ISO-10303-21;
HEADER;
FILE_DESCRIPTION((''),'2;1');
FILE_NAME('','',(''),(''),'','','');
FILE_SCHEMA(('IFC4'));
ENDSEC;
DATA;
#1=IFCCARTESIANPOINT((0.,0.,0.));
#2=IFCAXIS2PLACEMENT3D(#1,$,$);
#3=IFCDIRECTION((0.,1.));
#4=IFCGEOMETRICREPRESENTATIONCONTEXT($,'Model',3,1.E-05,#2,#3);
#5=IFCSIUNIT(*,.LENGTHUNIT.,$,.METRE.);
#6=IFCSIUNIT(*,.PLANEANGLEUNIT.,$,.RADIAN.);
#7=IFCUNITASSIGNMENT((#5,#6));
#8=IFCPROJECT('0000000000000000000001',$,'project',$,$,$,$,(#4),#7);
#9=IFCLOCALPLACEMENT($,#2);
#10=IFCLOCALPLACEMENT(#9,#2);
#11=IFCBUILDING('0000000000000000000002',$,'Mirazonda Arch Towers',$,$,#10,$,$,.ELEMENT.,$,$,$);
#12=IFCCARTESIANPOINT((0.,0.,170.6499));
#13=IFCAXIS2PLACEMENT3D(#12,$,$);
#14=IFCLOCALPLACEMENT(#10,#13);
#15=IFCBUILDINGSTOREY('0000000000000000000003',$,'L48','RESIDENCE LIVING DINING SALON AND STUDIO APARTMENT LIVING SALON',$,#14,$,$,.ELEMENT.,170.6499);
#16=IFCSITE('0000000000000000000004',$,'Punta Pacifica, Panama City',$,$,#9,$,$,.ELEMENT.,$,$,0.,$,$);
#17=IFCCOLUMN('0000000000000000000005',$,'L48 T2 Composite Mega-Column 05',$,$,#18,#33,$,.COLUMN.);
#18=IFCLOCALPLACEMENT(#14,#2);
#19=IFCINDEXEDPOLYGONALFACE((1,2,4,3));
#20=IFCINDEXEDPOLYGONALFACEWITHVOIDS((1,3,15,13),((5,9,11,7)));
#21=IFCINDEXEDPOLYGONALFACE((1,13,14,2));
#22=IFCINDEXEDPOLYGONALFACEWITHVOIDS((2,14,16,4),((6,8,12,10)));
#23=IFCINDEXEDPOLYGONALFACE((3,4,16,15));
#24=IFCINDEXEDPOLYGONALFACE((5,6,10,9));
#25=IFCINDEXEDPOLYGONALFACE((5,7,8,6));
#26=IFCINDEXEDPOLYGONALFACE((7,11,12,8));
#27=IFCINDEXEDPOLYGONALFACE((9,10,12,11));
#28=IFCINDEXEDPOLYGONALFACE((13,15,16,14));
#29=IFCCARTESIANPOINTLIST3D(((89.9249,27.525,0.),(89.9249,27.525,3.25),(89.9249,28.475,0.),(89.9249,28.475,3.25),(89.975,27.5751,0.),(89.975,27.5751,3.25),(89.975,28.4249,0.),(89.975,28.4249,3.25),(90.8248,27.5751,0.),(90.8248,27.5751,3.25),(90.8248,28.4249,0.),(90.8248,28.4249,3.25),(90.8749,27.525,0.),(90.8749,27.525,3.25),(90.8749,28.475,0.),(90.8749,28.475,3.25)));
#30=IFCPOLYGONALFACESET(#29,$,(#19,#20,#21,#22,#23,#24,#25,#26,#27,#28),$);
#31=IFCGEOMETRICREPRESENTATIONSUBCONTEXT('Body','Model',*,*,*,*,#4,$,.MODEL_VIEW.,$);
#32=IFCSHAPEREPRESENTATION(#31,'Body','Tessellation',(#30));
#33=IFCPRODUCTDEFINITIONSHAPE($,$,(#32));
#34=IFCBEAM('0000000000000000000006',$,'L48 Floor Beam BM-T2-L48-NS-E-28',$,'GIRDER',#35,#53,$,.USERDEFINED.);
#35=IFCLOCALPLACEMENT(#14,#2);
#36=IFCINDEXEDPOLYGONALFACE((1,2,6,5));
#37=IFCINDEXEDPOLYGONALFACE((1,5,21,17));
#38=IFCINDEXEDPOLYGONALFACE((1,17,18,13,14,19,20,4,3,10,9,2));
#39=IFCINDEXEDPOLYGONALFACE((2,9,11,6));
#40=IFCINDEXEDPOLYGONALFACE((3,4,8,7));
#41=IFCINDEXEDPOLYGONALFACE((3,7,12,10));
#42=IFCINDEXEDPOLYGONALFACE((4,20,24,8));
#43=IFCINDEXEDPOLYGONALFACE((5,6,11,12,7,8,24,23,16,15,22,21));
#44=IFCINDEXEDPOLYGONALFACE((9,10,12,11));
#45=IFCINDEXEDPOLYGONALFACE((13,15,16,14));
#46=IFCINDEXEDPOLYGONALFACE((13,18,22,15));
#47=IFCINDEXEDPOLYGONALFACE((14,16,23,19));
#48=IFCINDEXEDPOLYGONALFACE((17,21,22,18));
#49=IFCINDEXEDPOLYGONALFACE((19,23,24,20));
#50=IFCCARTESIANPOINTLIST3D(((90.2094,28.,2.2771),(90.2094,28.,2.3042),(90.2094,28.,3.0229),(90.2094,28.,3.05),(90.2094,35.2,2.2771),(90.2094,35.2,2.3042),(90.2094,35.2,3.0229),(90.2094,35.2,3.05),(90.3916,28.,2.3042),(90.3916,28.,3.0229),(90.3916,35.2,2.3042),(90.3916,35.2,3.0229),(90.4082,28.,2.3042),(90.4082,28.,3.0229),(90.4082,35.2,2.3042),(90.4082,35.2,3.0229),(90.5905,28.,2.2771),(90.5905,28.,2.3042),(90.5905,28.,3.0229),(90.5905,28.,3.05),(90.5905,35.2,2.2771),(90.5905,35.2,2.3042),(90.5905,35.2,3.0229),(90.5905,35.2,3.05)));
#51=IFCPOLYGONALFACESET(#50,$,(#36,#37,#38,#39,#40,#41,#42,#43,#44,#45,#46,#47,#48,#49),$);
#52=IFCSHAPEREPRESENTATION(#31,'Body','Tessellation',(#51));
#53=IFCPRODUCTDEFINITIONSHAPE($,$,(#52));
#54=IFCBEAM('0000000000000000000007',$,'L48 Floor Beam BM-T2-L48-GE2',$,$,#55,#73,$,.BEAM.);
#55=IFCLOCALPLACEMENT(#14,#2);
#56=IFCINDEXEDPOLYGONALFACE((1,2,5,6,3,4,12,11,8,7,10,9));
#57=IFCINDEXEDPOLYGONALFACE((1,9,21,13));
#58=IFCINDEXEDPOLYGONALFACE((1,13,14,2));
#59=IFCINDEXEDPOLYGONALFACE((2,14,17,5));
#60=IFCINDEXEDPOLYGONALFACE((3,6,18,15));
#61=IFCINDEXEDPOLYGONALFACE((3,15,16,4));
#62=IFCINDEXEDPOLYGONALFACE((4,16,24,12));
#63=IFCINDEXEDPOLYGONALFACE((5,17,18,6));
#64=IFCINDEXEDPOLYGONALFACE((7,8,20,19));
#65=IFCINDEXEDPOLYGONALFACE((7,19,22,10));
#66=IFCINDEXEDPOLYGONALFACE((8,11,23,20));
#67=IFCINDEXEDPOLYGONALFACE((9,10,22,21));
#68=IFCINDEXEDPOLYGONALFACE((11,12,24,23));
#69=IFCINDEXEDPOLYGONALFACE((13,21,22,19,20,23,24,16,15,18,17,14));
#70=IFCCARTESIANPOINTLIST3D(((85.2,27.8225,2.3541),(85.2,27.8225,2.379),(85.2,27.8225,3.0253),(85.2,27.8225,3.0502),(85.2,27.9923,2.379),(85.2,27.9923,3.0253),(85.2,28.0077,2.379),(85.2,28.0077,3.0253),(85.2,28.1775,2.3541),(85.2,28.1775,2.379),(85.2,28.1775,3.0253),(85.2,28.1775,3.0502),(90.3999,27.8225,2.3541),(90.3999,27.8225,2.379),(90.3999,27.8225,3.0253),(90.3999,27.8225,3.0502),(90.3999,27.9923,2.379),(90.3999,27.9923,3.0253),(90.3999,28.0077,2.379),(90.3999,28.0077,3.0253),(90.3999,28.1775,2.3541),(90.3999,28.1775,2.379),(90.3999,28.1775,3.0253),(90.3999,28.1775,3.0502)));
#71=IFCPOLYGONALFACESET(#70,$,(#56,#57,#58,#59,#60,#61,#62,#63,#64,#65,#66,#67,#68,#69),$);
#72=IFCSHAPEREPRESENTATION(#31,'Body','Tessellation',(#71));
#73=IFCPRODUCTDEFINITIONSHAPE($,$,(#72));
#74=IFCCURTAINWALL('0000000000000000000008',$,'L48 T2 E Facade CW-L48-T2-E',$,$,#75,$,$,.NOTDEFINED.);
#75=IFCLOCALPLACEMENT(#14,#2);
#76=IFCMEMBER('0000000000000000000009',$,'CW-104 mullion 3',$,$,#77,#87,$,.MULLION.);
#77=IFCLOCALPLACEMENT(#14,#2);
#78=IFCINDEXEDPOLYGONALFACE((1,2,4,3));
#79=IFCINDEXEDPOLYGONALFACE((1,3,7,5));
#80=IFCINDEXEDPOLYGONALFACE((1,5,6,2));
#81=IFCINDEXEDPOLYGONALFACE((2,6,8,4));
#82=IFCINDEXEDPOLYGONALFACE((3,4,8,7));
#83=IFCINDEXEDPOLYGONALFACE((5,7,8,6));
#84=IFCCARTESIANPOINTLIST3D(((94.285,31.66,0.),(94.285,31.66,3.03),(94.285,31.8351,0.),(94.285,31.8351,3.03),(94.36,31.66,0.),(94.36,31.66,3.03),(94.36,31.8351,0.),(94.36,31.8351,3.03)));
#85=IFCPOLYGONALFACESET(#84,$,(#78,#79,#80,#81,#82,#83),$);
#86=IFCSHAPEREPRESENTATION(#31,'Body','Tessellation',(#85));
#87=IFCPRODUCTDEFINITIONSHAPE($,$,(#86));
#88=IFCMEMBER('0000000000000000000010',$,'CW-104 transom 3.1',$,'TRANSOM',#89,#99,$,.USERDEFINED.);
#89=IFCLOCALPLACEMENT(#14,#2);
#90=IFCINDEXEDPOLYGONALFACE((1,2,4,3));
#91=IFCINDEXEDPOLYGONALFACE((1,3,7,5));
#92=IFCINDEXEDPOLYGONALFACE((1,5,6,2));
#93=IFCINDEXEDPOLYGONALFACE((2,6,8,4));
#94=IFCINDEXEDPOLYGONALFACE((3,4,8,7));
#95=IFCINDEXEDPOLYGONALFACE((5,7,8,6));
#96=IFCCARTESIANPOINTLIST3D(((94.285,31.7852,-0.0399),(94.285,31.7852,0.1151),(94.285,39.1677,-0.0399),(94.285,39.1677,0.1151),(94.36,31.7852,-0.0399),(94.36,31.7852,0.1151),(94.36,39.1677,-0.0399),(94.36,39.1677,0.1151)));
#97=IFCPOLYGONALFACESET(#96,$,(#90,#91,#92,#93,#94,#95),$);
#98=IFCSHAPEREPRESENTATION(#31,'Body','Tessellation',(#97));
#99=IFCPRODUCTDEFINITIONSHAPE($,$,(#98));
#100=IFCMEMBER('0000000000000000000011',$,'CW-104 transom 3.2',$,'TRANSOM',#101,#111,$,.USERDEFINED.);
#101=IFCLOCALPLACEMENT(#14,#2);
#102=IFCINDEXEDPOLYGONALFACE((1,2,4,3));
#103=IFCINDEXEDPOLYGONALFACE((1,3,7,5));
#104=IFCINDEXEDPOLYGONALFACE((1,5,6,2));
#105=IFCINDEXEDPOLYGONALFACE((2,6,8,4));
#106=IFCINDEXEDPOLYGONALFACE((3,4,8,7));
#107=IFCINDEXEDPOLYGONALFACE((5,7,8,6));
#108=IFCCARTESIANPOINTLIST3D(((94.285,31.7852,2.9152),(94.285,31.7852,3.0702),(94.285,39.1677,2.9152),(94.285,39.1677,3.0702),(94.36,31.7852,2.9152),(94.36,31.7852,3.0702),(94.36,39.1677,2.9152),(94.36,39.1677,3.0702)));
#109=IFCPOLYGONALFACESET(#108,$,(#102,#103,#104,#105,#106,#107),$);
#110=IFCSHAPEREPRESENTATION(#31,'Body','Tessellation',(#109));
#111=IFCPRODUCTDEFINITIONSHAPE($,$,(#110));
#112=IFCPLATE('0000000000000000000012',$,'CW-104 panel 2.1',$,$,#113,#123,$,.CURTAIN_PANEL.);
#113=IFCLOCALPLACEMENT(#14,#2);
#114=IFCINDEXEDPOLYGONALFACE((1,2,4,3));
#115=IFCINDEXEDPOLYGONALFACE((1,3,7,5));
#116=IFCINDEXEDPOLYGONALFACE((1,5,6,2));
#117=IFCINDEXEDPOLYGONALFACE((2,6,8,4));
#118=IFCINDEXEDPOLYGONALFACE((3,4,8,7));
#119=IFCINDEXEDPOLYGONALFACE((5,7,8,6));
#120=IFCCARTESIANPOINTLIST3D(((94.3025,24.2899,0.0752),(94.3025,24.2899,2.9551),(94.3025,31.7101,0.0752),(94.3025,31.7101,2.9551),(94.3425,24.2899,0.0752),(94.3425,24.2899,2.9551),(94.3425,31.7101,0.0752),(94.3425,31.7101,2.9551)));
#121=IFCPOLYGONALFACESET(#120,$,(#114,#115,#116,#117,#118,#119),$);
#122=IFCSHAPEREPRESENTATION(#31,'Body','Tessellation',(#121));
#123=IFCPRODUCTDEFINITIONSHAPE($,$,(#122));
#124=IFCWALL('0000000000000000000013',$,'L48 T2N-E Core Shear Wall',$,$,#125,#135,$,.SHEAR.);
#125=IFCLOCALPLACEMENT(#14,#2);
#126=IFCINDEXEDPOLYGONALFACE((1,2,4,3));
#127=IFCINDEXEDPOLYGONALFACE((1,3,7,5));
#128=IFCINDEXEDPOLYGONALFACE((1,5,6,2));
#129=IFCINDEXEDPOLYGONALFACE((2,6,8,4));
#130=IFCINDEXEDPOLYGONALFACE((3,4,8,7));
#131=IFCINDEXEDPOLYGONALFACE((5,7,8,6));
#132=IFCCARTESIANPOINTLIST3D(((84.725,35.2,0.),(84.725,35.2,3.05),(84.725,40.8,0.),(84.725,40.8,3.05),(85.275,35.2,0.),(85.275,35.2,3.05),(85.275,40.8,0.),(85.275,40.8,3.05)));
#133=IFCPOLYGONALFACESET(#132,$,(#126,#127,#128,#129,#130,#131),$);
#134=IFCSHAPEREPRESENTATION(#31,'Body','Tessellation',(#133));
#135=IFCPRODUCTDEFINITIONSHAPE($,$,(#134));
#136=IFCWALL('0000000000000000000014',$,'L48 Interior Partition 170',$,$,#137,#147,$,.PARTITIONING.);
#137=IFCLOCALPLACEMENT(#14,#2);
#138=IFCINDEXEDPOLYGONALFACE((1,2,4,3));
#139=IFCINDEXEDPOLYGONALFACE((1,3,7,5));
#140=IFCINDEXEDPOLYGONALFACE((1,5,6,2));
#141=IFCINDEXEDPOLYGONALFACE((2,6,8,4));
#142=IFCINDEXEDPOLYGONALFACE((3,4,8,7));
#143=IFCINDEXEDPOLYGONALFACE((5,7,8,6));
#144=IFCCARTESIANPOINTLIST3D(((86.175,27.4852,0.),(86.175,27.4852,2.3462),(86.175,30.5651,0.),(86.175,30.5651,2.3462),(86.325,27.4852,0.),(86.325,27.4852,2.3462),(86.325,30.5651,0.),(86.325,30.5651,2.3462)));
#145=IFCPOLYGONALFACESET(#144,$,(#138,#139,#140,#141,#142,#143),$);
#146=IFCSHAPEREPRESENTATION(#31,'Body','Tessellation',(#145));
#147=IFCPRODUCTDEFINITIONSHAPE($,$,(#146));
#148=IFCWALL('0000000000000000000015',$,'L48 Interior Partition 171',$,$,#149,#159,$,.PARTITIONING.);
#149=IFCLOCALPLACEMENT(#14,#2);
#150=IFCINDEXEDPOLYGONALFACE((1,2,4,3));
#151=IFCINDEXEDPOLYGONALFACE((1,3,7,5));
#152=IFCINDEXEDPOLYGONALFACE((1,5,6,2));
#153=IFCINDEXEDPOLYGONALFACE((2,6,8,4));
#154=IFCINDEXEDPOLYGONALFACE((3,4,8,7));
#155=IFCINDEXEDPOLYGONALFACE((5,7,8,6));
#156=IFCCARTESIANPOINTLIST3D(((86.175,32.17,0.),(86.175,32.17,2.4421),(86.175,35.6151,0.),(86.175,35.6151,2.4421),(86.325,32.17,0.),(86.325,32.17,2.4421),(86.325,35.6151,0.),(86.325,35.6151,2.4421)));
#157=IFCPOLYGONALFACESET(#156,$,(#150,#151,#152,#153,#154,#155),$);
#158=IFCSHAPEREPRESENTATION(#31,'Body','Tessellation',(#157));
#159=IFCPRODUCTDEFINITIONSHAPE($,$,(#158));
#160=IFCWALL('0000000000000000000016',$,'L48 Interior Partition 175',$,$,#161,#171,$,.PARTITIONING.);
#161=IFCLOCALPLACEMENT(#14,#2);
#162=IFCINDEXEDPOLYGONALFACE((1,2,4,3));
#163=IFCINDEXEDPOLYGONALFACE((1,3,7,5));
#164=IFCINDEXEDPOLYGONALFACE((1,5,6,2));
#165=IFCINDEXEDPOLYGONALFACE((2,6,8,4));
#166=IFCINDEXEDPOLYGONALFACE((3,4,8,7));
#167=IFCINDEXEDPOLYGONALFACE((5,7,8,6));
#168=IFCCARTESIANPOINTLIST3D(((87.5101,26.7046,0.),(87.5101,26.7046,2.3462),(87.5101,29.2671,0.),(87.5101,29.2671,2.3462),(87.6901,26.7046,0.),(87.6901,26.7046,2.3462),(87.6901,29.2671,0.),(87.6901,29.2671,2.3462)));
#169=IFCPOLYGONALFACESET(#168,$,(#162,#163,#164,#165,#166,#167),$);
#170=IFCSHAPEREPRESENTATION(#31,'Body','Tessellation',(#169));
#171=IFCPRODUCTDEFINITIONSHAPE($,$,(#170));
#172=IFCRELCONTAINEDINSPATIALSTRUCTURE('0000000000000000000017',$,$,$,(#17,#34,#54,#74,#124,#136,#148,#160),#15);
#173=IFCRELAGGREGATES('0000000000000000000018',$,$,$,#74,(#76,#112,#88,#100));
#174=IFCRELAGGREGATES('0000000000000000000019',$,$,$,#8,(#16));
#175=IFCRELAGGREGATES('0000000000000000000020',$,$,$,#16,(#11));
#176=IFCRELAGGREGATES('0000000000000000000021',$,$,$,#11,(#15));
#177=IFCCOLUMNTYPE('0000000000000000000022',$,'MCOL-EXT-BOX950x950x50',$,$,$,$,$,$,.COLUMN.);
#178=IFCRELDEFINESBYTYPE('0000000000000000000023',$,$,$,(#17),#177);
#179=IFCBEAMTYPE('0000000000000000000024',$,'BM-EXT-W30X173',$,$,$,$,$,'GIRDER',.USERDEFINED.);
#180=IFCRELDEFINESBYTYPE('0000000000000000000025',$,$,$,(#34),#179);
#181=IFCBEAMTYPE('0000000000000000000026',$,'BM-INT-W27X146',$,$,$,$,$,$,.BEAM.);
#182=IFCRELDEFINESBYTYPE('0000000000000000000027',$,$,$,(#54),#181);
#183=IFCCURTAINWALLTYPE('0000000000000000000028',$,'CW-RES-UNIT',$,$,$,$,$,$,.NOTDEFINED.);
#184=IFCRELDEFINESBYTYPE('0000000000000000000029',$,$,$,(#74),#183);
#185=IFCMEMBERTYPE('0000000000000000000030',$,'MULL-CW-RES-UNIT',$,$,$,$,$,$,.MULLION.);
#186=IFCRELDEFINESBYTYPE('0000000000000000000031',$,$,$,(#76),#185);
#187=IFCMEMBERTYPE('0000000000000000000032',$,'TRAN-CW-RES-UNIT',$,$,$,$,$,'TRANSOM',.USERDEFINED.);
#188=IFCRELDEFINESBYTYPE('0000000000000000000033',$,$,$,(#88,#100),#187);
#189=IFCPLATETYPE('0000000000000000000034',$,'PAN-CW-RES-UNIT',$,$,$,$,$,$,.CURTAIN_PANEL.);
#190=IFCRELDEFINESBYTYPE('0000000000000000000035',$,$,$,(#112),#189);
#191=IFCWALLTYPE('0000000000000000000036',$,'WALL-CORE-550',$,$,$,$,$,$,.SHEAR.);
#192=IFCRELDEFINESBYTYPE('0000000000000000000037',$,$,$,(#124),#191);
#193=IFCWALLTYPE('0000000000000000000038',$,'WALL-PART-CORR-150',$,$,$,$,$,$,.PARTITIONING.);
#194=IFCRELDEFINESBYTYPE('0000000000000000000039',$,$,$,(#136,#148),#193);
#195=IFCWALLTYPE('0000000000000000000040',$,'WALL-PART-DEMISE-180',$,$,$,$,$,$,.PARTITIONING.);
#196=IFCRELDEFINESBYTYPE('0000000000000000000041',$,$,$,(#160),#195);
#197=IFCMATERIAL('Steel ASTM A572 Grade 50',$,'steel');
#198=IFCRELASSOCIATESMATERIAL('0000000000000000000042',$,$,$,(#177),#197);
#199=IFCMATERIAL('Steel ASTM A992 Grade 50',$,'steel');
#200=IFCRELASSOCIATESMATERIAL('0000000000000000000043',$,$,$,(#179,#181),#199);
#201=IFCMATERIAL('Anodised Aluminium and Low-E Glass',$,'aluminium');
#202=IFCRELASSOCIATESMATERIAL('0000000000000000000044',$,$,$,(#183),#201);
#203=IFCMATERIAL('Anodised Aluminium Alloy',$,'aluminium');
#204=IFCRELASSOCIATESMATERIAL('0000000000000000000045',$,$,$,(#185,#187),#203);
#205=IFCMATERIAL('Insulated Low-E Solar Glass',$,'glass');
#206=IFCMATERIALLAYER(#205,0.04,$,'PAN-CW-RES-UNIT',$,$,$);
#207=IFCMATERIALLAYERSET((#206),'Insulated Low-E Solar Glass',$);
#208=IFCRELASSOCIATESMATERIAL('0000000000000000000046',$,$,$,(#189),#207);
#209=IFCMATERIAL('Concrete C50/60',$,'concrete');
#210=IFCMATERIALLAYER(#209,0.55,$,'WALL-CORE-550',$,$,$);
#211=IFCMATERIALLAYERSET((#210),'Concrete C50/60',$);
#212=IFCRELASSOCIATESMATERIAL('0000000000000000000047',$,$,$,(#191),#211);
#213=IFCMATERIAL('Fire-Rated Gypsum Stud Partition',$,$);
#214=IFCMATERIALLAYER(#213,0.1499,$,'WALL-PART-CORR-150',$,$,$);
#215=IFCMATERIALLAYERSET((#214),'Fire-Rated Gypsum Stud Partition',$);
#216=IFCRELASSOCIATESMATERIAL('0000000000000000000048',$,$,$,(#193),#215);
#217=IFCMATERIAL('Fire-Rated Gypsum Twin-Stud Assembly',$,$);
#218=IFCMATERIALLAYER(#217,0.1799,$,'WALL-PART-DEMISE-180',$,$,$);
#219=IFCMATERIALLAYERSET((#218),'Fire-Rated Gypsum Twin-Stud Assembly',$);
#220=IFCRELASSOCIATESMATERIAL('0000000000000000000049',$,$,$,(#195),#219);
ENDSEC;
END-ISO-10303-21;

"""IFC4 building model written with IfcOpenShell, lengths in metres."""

from ifc_helpers import new_model, si_unit, direction, frame, frame_2d, origin, origin_2d, place, context, subcontext, project, spatial, rectangle, hollow_rectangle, i_section, extrude, material, layer, layer_set, material_profile, profile_set, type_object, element, aggregate, save


model = new_model("IFC4")

# Units and contexts
model_context = context("Model", 3, precision=1e-05, world=origin(), true_north=direction((0.0, 1.0)))
body_context = subcontext(model_context, "Body", "Model", "MODEL_VIEW")
ifc_project = project(units=[si_unit("LENGTHUNIT", "METRE"), si_unit("PLANEANGLEUNIT", "RADIAN")], contexts=[model_context])

# Site, building, storey
site_placement = place(None, origin())
site = spatial("IfcSite", under=ifc_project, at=site_placement, Name="Punta Pacifica, Panama City", CompositionType="ELEMENT", RefElevation=0.0)
building_placement = place(site_placement, origin())
building = spatial("IfcBuilding", under=site, at=building_placement, Name="Mirazonda Arch Towers", CompositionType="ELEMENT")
storey_placement = place(building_placement, frame((0.0, 0.0, 170.6499)))
storey = spatial("IfcBuildingStorey", under=building, at=storey_placement, Name="L48", Description="RESIDENCE LIVING DINING SALON AND STUDIO APARTMENT LIVING SALON", CompositionType="ELEMENT", Elevation=170.6499)

# Column
ifc_material_1 = material(Name="Steel ASTM A572 Grade 50", Category="steel")
ifc_material_profile_1 = material_profile(ifc_material_1, hollow_rectangle(XDim=0.95, YDim=0.95, WallThickness=0.05, at=origin_2d()), Name="BOX950x950x50")
ifc_profile_set_1 = profile_set([ifc_material_profile_1], Name="Steel ASTM A572 Grade 50")
column_type = type_object("IfcColumnType", Name="MCOL-EXT-BOX950x950x50", PredefinedType="COLUMN", material=ifc_profile_set_1)
column_placement = place(storey_placement, frame((90.3999, 28.0, 0.0), z_axis=(0.0, 0.0, 1.0), x_axis=(1.0, 0.0, 0.0)))
element("IfcColumn", 1, at=column_placement, inside=storey, type_object=column_type, Name="L48 T2 Composite Mega-Column 05", PredefinedType="COLUMN", context=body_context, shape_type="SweptSolid", body=[
    extrude(hollow_rectangle(XDim=0.95, YDim=0.95, WallThickness=0.05, at=origin_2d()), origin(), (0.0, 0.0, 1.0), 3.25),
])

# Beams
ifc_material_2 = material(Name="Steel ASTM A992 Grade 50", Category="steel")
ifc_material_profile_2 = material_profile(ifc_material_2, i_section(OverallWidth=0.3811, OverallDepth=0.7729, WebThickness=0.0166, FlangeThickness=0.0271, at=origin_2d()), Name="W30X173")
ifc_profile_set_2 = profile_set([ifc_material_profile_2], Name="Steel ASTM A992 Grade 50")
beam_type_1 = type_object("IfcBeamType", Name="BM-EXT-W30X173", ElementType="GIRDER", PredefinedType="USERDEFINED", material=ifc_profile_set_2)
beam_1_placement = place(storey_placement, frame((90.3999, 28.0, 2.6636), z_axis=(0.0, 1.0, 0.0), x_axis=(-1.0, 0.0, 0.0)))
element("IfcBeam", 2, at=beam_1_placement, inside=storey, type_object=beam_type_1, Name="L48 Floor Beam BM-T2-L48-NS-E-28", ObjectType="GIRDER", PredefinedType="USERDEFINED", context=body_context, shape_type="SweptSolid", body=[
    extrude(i_section(OverallWidth=0.3811, OverallDepth=0.7729, WebThickness=0.0166, FlangeThickness=0.0271, at=origin_2d()), origin(), (0.0, 0.0, 1.0), 7.2),
])
ifc_material_profile_3 = material_profile(ifc_material_2, i_section(OverallWidth=0.355, OverallDepth=0.696, WebThickness=0.0154, FlangeThickness=0.0249, at=origin_2d()), Name="W27X146")
ifc_profile_set_3 = profile_set([ifc_material_profile_3], Name="Steel ASTM A992 Grade 50")
beam_type_2 = type_object("IfcBeamType", Name="BM-INT-W27X146", PredefinedType="BEAM", material=ifc_profile_set_3)
beam_2_placement = place(storey_placement, frame((85.2, 28.0, 2.7021), z_axis=(1.0, 0.0, 0.0), x_axis=(0.0, 1.0, 0.0)))
element("IfcBeam", 3, at=beam_2_placement, inside=storey, type_object=beam_type_2, Name="L48 Floor Beam BM-T2-L48-GE2", PredefinedType="BEAM", context=body_context, shape_type="SweptSolid", body=[
    extrude(i_section(OverallWidth=0.355, OverallDepth=0.696, WebThickness=0.0154, FlangeThickness=0.0249, at=origin_2d()), origin(), (0.0, 0.0, 1.0), 5.2),
])

# Curtain wall, members, plate
ifc_material_3 = material(Name="Anodised Aluminium and Low-E Glass", Category="aluminium")
curtain_wall_type = type_object("IfcCurtainWallType", Name="CW-RES-UNIT", PredefinedType="NOTDEFINED", material=ifc_material_3)
curtain_wall_placement = place(storey_placement, origin())
curtain_wall = element("IfcCurtainWall", 4, at=curtain_wall_placement, inside=storey, type_object=curtain_wall_type, Name="L48 T2 E Facade CW-L48-T2-E", PredefinedType="NOTDEFINED")
ifc_material_4 = material(Name="Anodised Aluminium Alloy", Category="aluminium")
ifc_material_profile_4 = material_profile(ifc_material_4, rectangle(XDim=0.075, YDim=0.175, at=origin_2d()), Name="ALU-MULL-75x175")
ifc_profile_set_4 = profile_set([ifc_material_profile_4], Name="Anodised Aluminium Alloy")
member_type_1 = type_object("IfcMemberType", Name="MULL-CW-RES-UNIT", PredefinedType="MULLION", material=ifc_profile_set_4)
member_1_placement = place(storey_placement, frame((94.3225, 31.7476, 0.0), z_axis=(0.0, 0.0, 1.0), x_axis=(-1.0, 0.0, 0.0)))
member_1 = element("IfcMember", 5, at=member_1_placement, type_object=member_type_1, Name="CW-104 mullion 3", PredefinedType="MULLION", context=body_context, shape_type="SweptSolid", body=[
    extrude(rectangle(XDim=0.075, YDim=0.175, at=origin_2d()), origin(), (0.0, 0.0, 1.0), 3.03),
])
ifc_material_profile_5 = material_profile(ifc_material_4, rectangle(XDim=0.075, YDim=0.155, at=origin_2d()), Name="ALU-TRAN-75x155")
ifc_profile_set_5 = profile_set([ifc_material_profile_5], Name="Anodised Aluminium Alloy")
member_type_2 = type_object("IfcMemberType", Name="TRAN-CW-RES-UNIT", ElementType="TRANSOM", PredefinedType="USERDEFINED", material=ifc_profile_set_5)
member_2_placement = place(storey_placement, frame((94.3225, 31.7852, 0.0376), z_axis=(0.0, 1.0, 0.0), x_axis=(-1.0, 0.0, 0.0)))
member_2 = element("IfcMember", 6, at=member_2_placement, type_object=member_type_2, Name="CW-104 transom 3.1", ObjectType="TRANSOM", PredefinedType="USERDEFINED", context=body_context, shape_type="SweptSolid", body=[
    extrude(rectangle(XDim=0.075, YDim=0.155, at=origin_2d()), origin(), (0.0, 0.0, 1.0), 7.3826),
])
member_3_placement = place(storey_placement, frame((94.3225, 31.7852, 2.9927), z_axis=(0.0, 1.0, 0.0), x_axis=(-1.0, 0.0, 0.0)))
member_3 = element("IfcMember", 7, at=member_3_placement, type_object=member_type_2, Name="CW-104 transom 3.2", ObjectType="TRANSOM", PredefinedType="USERDEFINED", context=body_context, shape_type="SweptSolid", body=[
    extrude(rectangle(XDim=0.075, YDim=0.155, at=origin_2d()), origin(), (0.0, 0.0, 1.0), 7.3826),
])
ifc_material_5 = material(Name="Insulated Low-E Solar Glass", Category="glass")
ifc_layer_1 = layer(ifc_material_5, 0.04, Name="PAN-CW-RES-UNIT")
ifc_layer_set_1 = layer_set([ifc_layer_1], Name="Insulated Low-E Solar Glass")
plate_type = type_object("IfcPlateType", Name="PAN-CW-RES-UNIT", PredefinedType="CURTAIN_PANEL", material=ifc_layer_set_1)
plate_placement = place(storey_placement, frame((94.3225, 28.0, 0.0752), z_axis=(0.0, 0.0, 1.0), x_axis=(0.0, 1.0, 0.0)))
plate = element("IfcPlate", 8, at=plate_placement, type_object=plate_type, Name="CW-104 panel 2.1", PredefinedType="CURTAIN_PANEL", context=body_context, shape_type="SweptSolid", body=[
    extrude(rectangle(XDim=7.4202, YDim=0.04, at=origin_2d()), origin(), (0.0, 0.0, 1.0), 2.8799),
])
aggregate(curtain_wall, [member_1, plate, member_2, member_3])

# Wall
ifc_material_6 = material(Name="Concrete C50/60", Category="concrete")
ifc_layer_2 = layer(ifc_material_6, 0.55, Name="WALL-CORE-550")
ifc_layer_set_2 = layer_set([ifc_layer_2], Name="Concrete C50/60")
wall_type_1 = type_object("IfcWallType", Name="WALL-CORE-550", PredefinedType="SHEAR", material=ifc_layer_set_2)
wall_1_placement = place(storey_placement, frame((85.0, 35.2, 0.0), z_axis=(0.0, 0.0, 1.0), x_axis=(0.0, 1.0, 0.0)))
element("IfcWall", 9, at=wall_1_placement, inside=storey, type_object=wall_type_1, Name="L48 T2N-E Core Shear Wall", PredefinedType="SHEAR", context=body_context, shape_type="SweptSolid", body=[
    extrude(rectangle(XDim=5.6001, YDim=0.55, at=frame_2d((2.8, 0.0))), origin(), (0.0, 0.0, 1.0), 3.05),
])

# Shared definitions
ifc_material_7 = material(Name="Fire-Rated Gypsum Stud Partition")
ifc_layer_3 = layer(ifc_material_7, 0.1499, Name="WALL-PART-CORR-150")
ifc_layer_set_3 = layer_set([ifc_layer_3], Name="Fire-Rated Gypsum Stud Partition")
wall_type_2 = type_object("IfcWallType", Name="WALL-PART-CORR-150", PredefinedType="PARTITIONING", material=ifc_layer_set_3)

# Walls
wall_2_placement = place(storey_placement, frame((86.25, 27.4851, 0.0), z_axis=(0.0, 0.0, 1.0), x_axis=(0.0, 1.0, 0.0)))
element("IfcWall", 10, at=wall_2_placement, inside=storey, type_object=wall_type_2, Name="L48 Interior Partition 170", PredefinedType="PARTITIONING", context=body_context, shape_type="SweptSolid", body=[
    extrude(rectangle(XDim=3.0798, YDim=0.1499, at=frame_2d((1.54, 0.0))), origin(), (0.0, 0.0, 1.0), 2.3462),
])
wall_3_placement = place(storey_placement, frame((86.25, 32.1699, 0.0), z_axis=(0.0, 0.0, 1.0), x_axis=(0.0, 1.0, 0.0)))
element("IfcWall", 11, at=wall_3_placement, inside=storey, type_object=wall_type_2, Name="L48 Interior Partition 171", PredefinedType="PARTITIONING", context=body_context, shape_type="SweptSolid", body=[
    extrude(rectangle(XDim=3.4451, YDim=0.1499, at=frame_2d((1.7227, 0.0))), origin(), (0.0, 0.0, 1.0), 2.4421),
])
ifc_material_8 = material(Name="Fire-Rated Gypsum Twin-Stud Assembly")
ifc_layer_4 = layer(ifc_material_8, 0.1799, Name="WALL-PART-DEMISE-180")
ifc_layer_set_4 = layer_set([ifc_layer_4], Name="Fire-Rated Gypsum Twin-Stud Assembly")
wall_type_3 = type_object("IfcWallType", Name="WALL-PART-DEMISE-180", PredefinedType="PARTITIONING", material=ifc_layer_set_4)
wall_4_placement = place(storey_placement, frame((87.6001, 26.7046, 0.0), z_axis=(0.0, 0.0, 1.0), x_axis=(0.0, 1.0, 0.0)))
element("IfcWall", 12, at=wall_4_placement, inside=storey, type_object=wall_type_3, Name="L48 Interior Partition 175", PredefinedType="PARTITIONING", context=body_context, shape_type="SweptSolid", body=[
    extrude(rectangle(XDim=2.5625, YDim=0.1799, at=frame_2d((1.2812, 0.0))), origin(), (0.0, 0.0, 1.0), 2.3462),
])

save(model, "model.ifc")
